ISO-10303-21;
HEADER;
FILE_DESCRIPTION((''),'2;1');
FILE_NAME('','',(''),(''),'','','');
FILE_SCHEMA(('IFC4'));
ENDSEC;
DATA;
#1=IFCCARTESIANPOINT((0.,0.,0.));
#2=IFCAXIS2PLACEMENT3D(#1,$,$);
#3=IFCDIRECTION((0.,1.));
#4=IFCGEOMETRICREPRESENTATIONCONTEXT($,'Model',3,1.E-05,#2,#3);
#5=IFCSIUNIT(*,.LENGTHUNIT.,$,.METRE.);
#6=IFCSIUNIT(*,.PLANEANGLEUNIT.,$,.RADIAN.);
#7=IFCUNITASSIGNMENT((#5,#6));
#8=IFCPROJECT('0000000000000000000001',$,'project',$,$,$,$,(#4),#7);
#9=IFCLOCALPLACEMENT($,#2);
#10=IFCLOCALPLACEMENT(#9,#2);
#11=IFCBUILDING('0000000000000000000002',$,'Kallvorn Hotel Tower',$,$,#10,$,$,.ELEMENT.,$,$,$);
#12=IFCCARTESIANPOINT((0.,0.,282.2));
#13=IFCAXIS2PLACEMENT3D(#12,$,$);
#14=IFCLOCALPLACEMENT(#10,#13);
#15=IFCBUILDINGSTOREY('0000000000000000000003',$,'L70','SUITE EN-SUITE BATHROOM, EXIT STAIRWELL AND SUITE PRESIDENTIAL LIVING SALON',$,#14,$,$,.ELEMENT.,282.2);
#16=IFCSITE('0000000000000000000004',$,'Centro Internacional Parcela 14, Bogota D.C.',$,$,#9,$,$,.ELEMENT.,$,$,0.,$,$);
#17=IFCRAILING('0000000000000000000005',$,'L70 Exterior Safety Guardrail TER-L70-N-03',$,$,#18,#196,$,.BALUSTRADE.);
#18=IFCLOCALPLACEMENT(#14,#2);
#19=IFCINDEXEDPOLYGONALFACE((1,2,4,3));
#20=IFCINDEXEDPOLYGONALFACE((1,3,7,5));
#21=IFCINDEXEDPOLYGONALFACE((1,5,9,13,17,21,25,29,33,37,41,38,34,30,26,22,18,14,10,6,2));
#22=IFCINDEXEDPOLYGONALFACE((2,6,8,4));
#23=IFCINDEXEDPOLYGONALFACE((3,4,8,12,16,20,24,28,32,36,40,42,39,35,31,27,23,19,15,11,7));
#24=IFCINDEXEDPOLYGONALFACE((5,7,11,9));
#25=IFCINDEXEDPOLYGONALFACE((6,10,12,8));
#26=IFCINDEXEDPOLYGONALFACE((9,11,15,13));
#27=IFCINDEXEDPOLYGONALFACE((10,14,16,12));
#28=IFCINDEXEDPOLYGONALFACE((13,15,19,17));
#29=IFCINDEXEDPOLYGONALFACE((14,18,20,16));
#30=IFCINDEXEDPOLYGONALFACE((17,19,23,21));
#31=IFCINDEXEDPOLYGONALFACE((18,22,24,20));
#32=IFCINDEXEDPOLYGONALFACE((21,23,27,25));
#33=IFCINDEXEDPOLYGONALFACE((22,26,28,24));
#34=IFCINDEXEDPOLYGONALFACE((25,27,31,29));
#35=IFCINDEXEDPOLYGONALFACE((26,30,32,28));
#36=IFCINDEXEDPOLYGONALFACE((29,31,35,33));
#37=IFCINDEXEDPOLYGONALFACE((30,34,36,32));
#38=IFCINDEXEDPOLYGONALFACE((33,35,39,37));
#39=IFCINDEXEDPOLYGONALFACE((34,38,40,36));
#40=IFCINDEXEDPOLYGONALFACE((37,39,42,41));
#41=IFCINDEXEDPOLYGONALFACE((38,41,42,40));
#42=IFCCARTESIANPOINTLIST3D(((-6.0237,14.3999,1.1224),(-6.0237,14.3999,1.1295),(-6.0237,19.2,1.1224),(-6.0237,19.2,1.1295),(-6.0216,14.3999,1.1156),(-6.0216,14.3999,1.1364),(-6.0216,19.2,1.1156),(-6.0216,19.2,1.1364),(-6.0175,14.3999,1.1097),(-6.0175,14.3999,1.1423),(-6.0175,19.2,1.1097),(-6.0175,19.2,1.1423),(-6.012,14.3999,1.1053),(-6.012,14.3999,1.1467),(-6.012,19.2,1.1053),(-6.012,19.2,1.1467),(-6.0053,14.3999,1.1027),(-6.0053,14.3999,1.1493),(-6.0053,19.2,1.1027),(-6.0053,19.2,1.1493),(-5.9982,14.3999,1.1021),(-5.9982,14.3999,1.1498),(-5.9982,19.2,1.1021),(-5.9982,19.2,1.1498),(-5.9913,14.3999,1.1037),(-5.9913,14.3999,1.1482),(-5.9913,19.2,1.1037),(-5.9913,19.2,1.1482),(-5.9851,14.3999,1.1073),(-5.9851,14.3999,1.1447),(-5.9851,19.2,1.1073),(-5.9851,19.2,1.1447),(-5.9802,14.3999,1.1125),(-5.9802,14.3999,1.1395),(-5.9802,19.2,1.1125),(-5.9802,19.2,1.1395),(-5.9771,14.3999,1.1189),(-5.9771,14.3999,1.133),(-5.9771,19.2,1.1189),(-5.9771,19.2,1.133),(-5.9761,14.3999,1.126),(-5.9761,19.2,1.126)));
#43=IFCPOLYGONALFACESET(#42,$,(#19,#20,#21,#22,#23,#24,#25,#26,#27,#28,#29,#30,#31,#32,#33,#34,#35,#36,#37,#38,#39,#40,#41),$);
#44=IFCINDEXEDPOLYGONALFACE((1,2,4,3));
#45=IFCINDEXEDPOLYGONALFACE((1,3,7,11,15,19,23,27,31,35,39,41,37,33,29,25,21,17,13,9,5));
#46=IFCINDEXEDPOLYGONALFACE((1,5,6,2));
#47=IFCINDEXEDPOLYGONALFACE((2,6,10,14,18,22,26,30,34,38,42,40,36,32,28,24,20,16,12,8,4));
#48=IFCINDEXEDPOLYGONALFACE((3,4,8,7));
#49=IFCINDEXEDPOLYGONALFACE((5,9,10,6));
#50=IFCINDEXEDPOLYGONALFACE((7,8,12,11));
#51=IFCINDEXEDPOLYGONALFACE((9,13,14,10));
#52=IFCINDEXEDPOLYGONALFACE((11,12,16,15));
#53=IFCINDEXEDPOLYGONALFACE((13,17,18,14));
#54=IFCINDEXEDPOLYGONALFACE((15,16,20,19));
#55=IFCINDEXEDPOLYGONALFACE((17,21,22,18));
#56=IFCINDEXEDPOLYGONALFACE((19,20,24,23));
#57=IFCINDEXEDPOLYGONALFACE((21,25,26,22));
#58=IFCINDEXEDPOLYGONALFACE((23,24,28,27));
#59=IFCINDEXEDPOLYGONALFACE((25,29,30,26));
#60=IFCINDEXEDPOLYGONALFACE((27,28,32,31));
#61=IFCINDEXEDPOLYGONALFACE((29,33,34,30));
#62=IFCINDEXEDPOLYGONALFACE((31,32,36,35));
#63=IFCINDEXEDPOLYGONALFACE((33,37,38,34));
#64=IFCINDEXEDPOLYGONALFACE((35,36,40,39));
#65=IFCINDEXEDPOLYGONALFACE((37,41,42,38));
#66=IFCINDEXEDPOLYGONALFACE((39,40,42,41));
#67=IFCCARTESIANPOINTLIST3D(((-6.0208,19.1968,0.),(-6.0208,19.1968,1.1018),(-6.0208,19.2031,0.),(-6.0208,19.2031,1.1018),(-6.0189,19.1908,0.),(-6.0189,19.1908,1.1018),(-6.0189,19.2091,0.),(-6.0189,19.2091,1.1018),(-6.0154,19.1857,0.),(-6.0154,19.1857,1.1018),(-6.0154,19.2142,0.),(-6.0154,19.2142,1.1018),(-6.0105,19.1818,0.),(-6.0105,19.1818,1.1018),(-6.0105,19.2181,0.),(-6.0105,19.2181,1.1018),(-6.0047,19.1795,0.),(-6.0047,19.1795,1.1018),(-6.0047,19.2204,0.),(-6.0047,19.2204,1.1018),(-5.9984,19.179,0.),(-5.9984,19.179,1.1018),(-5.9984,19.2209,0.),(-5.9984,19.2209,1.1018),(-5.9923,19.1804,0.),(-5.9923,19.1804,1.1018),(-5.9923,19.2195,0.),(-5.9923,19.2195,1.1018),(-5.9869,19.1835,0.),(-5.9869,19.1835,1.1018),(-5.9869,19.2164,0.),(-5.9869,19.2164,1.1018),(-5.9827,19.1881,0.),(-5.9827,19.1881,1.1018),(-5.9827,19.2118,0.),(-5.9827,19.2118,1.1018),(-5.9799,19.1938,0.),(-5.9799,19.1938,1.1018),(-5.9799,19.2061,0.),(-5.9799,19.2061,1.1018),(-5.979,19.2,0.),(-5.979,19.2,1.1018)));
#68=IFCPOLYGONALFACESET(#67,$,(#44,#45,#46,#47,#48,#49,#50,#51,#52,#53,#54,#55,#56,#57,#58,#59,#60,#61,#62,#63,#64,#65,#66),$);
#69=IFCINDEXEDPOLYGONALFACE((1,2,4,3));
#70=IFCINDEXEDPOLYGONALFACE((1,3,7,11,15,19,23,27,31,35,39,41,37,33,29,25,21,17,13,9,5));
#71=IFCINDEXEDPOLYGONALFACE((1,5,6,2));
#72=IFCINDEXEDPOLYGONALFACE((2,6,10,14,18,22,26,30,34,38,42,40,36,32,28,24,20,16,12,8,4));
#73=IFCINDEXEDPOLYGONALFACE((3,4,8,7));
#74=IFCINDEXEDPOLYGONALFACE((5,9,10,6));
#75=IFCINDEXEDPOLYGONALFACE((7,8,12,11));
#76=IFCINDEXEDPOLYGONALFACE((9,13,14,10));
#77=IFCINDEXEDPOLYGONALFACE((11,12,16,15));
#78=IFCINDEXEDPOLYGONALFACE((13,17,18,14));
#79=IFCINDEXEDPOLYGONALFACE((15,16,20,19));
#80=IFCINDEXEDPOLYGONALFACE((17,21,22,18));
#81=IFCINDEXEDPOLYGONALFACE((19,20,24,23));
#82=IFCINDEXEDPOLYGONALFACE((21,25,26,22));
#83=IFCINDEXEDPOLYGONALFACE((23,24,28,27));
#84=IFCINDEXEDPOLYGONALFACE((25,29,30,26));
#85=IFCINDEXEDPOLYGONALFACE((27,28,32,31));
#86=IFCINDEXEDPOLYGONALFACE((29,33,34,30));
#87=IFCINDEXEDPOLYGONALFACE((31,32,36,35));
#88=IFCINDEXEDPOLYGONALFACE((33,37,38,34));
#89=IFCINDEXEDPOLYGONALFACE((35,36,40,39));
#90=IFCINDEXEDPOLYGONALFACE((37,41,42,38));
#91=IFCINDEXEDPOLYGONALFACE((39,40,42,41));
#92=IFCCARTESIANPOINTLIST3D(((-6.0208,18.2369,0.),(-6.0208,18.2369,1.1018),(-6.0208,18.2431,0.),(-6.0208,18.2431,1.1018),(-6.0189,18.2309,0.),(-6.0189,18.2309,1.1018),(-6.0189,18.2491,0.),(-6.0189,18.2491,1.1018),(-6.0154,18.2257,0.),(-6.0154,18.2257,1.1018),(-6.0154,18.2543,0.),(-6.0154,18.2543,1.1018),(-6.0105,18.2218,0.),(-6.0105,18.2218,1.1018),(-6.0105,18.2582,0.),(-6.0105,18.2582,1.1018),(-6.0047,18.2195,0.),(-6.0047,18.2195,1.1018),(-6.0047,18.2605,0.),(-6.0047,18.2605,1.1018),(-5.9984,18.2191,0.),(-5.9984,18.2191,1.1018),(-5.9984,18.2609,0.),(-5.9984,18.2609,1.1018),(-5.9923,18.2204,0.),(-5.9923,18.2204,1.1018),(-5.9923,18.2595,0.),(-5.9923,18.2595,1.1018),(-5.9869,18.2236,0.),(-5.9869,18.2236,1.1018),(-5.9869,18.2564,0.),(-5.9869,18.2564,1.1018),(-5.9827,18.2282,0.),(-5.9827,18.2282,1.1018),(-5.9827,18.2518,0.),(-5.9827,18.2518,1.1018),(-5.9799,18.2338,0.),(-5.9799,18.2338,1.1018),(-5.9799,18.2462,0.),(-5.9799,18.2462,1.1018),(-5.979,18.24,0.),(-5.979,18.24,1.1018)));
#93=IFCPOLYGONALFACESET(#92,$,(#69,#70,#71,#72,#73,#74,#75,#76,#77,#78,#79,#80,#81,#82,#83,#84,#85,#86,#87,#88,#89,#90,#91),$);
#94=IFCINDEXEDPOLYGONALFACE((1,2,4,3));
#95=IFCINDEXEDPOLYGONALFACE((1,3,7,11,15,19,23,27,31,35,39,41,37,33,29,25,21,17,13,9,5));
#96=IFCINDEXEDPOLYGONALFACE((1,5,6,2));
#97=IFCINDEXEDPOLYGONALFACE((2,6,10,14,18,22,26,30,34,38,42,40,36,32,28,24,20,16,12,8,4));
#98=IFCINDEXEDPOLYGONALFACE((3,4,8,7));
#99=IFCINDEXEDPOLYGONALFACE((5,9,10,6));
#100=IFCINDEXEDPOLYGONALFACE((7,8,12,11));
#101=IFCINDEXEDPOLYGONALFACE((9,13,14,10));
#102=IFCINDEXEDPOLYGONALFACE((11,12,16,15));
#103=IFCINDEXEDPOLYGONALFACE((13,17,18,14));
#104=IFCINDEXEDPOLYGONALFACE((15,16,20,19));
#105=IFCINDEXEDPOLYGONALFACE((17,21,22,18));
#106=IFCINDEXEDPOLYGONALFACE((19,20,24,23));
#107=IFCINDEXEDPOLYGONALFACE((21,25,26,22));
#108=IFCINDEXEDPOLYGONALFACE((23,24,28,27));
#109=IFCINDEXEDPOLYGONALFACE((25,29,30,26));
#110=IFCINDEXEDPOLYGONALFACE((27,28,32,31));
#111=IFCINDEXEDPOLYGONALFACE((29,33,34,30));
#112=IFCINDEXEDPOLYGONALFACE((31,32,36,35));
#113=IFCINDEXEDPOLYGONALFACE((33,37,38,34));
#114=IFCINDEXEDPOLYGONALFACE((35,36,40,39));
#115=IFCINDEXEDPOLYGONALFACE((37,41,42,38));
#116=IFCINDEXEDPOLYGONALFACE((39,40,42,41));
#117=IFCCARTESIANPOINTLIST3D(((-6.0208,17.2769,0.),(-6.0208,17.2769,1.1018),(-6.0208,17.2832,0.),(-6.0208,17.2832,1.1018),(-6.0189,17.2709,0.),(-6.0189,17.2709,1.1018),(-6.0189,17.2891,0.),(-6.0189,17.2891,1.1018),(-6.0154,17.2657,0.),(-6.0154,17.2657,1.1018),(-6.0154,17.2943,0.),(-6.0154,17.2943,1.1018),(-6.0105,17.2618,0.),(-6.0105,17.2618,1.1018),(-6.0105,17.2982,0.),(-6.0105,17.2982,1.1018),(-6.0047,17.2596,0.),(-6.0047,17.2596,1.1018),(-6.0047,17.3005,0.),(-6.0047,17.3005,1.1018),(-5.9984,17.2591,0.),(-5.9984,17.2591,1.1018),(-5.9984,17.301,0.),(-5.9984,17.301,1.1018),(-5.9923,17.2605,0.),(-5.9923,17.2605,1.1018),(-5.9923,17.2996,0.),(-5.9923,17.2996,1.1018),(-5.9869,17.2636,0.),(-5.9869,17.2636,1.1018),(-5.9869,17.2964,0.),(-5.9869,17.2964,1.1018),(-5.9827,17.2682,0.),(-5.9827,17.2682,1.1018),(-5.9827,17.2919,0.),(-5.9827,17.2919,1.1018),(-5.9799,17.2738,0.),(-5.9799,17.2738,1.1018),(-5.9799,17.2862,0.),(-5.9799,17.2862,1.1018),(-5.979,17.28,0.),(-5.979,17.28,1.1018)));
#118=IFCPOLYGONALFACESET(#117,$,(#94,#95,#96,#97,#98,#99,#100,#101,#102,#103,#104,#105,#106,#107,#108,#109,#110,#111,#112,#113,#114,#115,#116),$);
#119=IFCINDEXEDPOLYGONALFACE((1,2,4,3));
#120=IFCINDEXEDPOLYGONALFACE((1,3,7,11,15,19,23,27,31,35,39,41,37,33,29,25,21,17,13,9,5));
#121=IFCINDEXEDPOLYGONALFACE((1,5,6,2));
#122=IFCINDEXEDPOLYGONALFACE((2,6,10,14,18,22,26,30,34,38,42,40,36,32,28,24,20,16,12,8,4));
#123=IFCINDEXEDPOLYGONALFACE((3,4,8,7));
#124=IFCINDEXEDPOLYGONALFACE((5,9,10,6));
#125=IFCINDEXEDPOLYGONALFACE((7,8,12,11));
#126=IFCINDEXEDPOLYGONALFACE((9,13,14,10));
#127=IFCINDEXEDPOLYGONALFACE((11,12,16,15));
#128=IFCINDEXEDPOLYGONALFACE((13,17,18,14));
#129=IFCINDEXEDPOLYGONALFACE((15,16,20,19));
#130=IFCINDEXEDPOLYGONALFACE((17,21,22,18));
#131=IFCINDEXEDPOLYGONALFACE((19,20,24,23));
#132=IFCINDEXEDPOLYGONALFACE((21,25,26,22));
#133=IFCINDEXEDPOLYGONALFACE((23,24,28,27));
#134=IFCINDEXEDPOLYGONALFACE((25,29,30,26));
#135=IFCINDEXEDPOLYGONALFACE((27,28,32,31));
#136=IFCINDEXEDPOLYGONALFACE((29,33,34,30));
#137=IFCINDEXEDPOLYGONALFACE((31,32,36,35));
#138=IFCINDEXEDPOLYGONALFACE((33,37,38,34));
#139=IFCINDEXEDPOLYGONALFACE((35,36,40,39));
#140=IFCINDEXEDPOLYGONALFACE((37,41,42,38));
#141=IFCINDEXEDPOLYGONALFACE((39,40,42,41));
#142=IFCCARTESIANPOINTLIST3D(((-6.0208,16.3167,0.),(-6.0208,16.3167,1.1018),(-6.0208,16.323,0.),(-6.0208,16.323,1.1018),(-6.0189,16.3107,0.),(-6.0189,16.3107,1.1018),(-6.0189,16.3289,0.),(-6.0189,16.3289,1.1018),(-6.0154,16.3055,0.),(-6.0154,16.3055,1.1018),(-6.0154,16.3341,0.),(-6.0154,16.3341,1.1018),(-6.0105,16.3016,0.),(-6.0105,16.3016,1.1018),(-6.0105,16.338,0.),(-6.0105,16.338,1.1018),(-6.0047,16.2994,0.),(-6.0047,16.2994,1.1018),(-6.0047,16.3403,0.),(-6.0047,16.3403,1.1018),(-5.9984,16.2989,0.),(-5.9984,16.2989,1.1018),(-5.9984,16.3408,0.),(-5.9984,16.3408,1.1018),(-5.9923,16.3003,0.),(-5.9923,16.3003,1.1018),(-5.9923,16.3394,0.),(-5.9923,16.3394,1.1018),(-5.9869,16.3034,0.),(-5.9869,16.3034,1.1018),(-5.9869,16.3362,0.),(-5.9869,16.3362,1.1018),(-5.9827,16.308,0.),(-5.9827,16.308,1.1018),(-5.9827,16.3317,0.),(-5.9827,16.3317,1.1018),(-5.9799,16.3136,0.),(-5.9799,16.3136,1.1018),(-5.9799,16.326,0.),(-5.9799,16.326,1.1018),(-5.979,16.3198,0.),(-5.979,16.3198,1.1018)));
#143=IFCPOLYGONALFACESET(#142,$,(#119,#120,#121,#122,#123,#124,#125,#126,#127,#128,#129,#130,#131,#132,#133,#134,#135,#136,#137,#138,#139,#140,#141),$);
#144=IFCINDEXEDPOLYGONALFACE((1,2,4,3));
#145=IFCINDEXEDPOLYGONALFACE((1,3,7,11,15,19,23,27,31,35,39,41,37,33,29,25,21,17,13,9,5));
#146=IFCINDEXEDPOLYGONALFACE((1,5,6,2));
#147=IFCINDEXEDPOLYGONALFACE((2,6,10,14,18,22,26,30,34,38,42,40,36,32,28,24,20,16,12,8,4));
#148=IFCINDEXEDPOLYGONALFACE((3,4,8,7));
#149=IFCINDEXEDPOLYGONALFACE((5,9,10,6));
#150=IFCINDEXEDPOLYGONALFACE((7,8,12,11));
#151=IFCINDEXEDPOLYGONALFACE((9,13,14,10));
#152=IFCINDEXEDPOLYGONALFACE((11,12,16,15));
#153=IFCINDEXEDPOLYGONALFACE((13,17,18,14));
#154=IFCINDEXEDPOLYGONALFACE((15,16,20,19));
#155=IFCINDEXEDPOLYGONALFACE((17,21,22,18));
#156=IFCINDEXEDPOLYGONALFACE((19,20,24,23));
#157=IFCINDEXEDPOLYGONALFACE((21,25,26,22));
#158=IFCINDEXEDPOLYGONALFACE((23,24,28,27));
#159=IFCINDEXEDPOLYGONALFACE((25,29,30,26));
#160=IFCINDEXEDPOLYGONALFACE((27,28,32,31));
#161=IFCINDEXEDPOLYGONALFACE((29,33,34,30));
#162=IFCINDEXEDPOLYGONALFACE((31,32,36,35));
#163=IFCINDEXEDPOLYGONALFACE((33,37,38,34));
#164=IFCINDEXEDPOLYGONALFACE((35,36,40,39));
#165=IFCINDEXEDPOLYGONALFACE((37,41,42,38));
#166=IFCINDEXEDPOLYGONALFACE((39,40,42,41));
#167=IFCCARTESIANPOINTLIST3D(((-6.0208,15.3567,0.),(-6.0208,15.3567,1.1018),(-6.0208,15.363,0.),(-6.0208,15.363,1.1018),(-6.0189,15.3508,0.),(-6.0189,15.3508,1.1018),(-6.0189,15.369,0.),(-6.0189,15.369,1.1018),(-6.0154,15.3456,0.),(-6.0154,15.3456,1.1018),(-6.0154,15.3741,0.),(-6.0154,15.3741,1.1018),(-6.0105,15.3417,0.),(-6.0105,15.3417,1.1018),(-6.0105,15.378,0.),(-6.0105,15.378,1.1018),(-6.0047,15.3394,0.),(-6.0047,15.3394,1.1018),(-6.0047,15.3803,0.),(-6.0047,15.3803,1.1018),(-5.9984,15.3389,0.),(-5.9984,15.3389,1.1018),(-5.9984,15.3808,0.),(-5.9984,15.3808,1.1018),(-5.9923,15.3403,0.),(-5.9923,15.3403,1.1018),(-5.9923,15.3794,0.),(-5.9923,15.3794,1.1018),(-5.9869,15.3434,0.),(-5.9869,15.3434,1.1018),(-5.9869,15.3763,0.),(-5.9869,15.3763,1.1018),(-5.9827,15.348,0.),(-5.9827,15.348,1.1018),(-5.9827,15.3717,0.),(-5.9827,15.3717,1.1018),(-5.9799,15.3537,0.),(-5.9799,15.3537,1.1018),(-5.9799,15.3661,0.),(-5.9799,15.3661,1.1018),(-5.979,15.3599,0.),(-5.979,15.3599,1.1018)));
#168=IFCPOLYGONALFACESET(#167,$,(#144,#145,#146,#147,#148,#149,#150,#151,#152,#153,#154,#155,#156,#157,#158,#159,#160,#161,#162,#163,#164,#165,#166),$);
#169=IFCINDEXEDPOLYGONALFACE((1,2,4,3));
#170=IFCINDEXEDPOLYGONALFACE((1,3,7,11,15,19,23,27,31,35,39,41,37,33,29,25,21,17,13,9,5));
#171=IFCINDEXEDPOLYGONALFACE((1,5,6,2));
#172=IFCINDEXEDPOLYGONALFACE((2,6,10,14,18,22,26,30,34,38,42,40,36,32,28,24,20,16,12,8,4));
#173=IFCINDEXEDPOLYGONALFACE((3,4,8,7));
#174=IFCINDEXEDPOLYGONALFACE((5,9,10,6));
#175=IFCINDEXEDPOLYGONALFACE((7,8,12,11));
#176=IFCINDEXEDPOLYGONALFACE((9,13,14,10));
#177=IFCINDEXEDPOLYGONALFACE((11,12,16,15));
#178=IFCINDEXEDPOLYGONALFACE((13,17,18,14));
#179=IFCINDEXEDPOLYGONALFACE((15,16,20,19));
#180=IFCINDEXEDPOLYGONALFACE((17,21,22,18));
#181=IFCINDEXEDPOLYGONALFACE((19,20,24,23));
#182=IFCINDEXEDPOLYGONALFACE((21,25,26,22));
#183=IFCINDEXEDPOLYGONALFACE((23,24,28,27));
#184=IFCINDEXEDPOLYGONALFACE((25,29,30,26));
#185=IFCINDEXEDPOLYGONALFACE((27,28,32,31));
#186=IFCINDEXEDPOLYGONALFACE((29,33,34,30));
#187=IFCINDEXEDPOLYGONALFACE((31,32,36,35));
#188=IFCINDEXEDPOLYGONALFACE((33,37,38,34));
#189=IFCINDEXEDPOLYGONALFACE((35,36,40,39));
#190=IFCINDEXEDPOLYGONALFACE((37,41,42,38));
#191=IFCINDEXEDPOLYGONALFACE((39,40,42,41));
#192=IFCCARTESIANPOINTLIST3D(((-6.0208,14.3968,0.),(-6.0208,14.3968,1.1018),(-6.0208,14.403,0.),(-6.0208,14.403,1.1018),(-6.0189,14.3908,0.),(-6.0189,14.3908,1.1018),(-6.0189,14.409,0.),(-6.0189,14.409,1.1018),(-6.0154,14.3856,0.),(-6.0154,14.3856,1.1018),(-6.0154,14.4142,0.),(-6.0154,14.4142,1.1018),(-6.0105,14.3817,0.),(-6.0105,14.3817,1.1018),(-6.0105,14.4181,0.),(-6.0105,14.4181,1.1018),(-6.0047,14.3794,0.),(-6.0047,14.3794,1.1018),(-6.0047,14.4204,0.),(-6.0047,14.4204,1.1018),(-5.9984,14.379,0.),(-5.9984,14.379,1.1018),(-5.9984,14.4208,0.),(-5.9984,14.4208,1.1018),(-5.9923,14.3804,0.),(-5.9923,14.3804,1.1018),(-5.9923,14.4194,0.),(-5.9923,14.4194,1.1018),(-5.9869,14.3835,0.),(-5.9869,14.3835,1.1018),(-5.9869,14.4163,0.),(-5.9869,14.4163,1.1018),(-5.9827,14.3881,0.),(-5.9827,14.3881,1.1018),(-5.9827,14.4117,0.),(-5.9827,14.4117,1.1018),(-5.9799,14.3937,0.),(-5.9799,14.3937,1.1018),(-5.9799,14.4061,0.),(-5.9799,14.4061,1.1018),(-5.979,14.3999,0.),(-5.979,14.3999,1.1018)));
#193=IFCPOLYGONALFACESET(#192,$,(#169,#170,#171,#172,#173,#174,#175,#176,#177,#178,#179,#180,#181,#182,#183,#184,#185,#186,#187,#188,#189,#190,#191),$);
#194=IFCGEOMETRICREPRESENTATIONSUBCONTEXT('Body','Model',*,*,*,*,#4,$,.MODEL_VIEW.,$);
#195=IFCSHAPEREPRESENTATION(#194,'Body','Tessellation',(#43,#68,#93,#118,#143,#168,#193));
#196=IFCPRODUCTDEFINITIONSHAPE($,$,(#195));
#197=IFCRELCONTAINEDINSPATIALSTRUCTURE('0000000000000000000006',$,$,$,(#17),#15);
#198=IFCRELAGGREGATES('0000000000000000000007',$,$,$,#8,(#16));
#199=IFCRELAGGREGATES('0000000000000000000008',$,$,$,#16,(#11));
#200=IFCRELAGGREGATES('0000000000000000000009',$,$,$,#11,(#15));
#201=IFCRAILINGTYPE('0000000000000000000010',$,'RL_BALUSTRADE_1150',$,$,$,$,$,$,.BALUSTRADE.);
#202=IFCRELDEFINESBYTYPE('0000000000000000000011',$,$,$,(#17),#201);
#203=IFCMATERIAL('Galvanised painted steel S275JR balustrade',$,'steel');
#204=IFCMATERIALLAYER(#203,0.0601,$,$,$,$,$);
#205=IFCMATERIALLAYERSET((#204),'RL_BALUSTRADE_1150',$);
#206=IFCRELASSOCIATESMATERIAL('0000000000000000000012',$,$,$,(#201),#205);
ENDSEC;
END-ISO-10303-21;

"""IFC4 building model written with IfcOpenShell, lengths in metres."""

from ifc_helpers import new_model, si_unit, direction, frame, origin, origin_2d, place, context, subcontext, project, spatial, circle, extrude, material, layer, layer_set, type_object, element, save


model = new_model("IFC4")

# Units and contexts
model_context = context("Model", 3, precision=1e-05, world=origin(), true_north=direction((0.0, 1.0)))
body_context = subcontext(model_context, "Body", "Model", "MODEL_VIEW")
ifc_project = project(units=[si_unit("LENGTHUNIT", "METRE"), si_unit("PLANEANGLEUNIT", "RADIAN")], contexts=[model_context])

# Site, building, storey
site_placement = place(None, origin())
site = spatial("IfcSite", under=ifc_project, at=site_placement, Name="Centro Internacional Parcela 14, Bogota D.C.", CompositionType="ELEMENT", RefElevation=0.0)
building_placement = place(site_placement, origin())
building = spatial("IfcBuilding", under=site, at=building_placement, Name="Kallvorn Hotel Tower", CompositionType="ELEMENT")
storey_placement = place(building_placement, frame((0.0, 0.0, 282.2)))
storey = spatial("IfcBuildingStorey", under=building, at=storey_placement, Name="L70", Description="SUITE EN-SUITE BATHROOM, EXIT STAIRWELL AND SUITE PRESIDENTIAL LIVING SALON", CompositionType="ELEMENT", Elevation=282.2)

# Railing
ifc_material_1 = material(Name="Galvanised painted steel S275JR balustrade", Category="steel")
ifc_layer_1 = layer(ifc_material_1, 0.0601)
ifc_layer_set_1 = layer_set([ifc_layer_1], Name="RL_BALUSTRADE_1150")
railing_type_1 = type_object("IfcRailingType", Name="RL_BALUSTRADE_1150", PredefinedType="BALUSTRADE", material=ifc_layer_set_1)
railing_1_placement = place(storey_placement, frame((-6.0, 19.2, 0.0)))
element("IfcRailing", 1, at=railing_1_placement, inside=storey, type_object=railing_type_1, Name="L70 Exterior Safety Guardrail TER-L70-N-03", PredefinedType="BALUSTRADE", context=body_context, shape_type="SweptSolid", body=[
    extrude(circle(Radius=0.0239, at=origin_2d()), frame((0.0, 0.0, 1.126), z_axis=(0.0, -1.0, 0.0), x_axis=(1.0, 0.0, 0.0)), (0.0, 0.0, 1.0), 4.8),
    extrude(circle(Radius=0.021, at=origin_2d()), origin(), (0.0, 0.0, 1.0), 1.1018),
    extrude(circle(Radius=0.021, at=origin_2d()), frame((0.0, -0.96, 0.0)), (0.0, 0.0, 1.0), 1.1018),
    extrude(circle(Radius=0.021, at=origin_2d()), frame((0.0, -1.9199, 0.0)), (0.0, 0.0, 1.0), 1.1018),
    extrude(circle(Radius=0.021, at=origin_2d()), frame((0.0, -2.8801, 0.0)), (0.0, 0.0, 1.0), 1.1018),
    extrude(circle(Radius=0.021, at=origin_2d()), frame((0.0, -3.8401, 0.0)), (0.0, 0.0, 1.0), 1.1018),
    extrude(circle(Radius=0.021, at=origin_2d()), frame((0.0, -4.8, 0.0)), (0.0, 0.0, 1.0), 1.1018),
])

save(model, "model.ifc")
